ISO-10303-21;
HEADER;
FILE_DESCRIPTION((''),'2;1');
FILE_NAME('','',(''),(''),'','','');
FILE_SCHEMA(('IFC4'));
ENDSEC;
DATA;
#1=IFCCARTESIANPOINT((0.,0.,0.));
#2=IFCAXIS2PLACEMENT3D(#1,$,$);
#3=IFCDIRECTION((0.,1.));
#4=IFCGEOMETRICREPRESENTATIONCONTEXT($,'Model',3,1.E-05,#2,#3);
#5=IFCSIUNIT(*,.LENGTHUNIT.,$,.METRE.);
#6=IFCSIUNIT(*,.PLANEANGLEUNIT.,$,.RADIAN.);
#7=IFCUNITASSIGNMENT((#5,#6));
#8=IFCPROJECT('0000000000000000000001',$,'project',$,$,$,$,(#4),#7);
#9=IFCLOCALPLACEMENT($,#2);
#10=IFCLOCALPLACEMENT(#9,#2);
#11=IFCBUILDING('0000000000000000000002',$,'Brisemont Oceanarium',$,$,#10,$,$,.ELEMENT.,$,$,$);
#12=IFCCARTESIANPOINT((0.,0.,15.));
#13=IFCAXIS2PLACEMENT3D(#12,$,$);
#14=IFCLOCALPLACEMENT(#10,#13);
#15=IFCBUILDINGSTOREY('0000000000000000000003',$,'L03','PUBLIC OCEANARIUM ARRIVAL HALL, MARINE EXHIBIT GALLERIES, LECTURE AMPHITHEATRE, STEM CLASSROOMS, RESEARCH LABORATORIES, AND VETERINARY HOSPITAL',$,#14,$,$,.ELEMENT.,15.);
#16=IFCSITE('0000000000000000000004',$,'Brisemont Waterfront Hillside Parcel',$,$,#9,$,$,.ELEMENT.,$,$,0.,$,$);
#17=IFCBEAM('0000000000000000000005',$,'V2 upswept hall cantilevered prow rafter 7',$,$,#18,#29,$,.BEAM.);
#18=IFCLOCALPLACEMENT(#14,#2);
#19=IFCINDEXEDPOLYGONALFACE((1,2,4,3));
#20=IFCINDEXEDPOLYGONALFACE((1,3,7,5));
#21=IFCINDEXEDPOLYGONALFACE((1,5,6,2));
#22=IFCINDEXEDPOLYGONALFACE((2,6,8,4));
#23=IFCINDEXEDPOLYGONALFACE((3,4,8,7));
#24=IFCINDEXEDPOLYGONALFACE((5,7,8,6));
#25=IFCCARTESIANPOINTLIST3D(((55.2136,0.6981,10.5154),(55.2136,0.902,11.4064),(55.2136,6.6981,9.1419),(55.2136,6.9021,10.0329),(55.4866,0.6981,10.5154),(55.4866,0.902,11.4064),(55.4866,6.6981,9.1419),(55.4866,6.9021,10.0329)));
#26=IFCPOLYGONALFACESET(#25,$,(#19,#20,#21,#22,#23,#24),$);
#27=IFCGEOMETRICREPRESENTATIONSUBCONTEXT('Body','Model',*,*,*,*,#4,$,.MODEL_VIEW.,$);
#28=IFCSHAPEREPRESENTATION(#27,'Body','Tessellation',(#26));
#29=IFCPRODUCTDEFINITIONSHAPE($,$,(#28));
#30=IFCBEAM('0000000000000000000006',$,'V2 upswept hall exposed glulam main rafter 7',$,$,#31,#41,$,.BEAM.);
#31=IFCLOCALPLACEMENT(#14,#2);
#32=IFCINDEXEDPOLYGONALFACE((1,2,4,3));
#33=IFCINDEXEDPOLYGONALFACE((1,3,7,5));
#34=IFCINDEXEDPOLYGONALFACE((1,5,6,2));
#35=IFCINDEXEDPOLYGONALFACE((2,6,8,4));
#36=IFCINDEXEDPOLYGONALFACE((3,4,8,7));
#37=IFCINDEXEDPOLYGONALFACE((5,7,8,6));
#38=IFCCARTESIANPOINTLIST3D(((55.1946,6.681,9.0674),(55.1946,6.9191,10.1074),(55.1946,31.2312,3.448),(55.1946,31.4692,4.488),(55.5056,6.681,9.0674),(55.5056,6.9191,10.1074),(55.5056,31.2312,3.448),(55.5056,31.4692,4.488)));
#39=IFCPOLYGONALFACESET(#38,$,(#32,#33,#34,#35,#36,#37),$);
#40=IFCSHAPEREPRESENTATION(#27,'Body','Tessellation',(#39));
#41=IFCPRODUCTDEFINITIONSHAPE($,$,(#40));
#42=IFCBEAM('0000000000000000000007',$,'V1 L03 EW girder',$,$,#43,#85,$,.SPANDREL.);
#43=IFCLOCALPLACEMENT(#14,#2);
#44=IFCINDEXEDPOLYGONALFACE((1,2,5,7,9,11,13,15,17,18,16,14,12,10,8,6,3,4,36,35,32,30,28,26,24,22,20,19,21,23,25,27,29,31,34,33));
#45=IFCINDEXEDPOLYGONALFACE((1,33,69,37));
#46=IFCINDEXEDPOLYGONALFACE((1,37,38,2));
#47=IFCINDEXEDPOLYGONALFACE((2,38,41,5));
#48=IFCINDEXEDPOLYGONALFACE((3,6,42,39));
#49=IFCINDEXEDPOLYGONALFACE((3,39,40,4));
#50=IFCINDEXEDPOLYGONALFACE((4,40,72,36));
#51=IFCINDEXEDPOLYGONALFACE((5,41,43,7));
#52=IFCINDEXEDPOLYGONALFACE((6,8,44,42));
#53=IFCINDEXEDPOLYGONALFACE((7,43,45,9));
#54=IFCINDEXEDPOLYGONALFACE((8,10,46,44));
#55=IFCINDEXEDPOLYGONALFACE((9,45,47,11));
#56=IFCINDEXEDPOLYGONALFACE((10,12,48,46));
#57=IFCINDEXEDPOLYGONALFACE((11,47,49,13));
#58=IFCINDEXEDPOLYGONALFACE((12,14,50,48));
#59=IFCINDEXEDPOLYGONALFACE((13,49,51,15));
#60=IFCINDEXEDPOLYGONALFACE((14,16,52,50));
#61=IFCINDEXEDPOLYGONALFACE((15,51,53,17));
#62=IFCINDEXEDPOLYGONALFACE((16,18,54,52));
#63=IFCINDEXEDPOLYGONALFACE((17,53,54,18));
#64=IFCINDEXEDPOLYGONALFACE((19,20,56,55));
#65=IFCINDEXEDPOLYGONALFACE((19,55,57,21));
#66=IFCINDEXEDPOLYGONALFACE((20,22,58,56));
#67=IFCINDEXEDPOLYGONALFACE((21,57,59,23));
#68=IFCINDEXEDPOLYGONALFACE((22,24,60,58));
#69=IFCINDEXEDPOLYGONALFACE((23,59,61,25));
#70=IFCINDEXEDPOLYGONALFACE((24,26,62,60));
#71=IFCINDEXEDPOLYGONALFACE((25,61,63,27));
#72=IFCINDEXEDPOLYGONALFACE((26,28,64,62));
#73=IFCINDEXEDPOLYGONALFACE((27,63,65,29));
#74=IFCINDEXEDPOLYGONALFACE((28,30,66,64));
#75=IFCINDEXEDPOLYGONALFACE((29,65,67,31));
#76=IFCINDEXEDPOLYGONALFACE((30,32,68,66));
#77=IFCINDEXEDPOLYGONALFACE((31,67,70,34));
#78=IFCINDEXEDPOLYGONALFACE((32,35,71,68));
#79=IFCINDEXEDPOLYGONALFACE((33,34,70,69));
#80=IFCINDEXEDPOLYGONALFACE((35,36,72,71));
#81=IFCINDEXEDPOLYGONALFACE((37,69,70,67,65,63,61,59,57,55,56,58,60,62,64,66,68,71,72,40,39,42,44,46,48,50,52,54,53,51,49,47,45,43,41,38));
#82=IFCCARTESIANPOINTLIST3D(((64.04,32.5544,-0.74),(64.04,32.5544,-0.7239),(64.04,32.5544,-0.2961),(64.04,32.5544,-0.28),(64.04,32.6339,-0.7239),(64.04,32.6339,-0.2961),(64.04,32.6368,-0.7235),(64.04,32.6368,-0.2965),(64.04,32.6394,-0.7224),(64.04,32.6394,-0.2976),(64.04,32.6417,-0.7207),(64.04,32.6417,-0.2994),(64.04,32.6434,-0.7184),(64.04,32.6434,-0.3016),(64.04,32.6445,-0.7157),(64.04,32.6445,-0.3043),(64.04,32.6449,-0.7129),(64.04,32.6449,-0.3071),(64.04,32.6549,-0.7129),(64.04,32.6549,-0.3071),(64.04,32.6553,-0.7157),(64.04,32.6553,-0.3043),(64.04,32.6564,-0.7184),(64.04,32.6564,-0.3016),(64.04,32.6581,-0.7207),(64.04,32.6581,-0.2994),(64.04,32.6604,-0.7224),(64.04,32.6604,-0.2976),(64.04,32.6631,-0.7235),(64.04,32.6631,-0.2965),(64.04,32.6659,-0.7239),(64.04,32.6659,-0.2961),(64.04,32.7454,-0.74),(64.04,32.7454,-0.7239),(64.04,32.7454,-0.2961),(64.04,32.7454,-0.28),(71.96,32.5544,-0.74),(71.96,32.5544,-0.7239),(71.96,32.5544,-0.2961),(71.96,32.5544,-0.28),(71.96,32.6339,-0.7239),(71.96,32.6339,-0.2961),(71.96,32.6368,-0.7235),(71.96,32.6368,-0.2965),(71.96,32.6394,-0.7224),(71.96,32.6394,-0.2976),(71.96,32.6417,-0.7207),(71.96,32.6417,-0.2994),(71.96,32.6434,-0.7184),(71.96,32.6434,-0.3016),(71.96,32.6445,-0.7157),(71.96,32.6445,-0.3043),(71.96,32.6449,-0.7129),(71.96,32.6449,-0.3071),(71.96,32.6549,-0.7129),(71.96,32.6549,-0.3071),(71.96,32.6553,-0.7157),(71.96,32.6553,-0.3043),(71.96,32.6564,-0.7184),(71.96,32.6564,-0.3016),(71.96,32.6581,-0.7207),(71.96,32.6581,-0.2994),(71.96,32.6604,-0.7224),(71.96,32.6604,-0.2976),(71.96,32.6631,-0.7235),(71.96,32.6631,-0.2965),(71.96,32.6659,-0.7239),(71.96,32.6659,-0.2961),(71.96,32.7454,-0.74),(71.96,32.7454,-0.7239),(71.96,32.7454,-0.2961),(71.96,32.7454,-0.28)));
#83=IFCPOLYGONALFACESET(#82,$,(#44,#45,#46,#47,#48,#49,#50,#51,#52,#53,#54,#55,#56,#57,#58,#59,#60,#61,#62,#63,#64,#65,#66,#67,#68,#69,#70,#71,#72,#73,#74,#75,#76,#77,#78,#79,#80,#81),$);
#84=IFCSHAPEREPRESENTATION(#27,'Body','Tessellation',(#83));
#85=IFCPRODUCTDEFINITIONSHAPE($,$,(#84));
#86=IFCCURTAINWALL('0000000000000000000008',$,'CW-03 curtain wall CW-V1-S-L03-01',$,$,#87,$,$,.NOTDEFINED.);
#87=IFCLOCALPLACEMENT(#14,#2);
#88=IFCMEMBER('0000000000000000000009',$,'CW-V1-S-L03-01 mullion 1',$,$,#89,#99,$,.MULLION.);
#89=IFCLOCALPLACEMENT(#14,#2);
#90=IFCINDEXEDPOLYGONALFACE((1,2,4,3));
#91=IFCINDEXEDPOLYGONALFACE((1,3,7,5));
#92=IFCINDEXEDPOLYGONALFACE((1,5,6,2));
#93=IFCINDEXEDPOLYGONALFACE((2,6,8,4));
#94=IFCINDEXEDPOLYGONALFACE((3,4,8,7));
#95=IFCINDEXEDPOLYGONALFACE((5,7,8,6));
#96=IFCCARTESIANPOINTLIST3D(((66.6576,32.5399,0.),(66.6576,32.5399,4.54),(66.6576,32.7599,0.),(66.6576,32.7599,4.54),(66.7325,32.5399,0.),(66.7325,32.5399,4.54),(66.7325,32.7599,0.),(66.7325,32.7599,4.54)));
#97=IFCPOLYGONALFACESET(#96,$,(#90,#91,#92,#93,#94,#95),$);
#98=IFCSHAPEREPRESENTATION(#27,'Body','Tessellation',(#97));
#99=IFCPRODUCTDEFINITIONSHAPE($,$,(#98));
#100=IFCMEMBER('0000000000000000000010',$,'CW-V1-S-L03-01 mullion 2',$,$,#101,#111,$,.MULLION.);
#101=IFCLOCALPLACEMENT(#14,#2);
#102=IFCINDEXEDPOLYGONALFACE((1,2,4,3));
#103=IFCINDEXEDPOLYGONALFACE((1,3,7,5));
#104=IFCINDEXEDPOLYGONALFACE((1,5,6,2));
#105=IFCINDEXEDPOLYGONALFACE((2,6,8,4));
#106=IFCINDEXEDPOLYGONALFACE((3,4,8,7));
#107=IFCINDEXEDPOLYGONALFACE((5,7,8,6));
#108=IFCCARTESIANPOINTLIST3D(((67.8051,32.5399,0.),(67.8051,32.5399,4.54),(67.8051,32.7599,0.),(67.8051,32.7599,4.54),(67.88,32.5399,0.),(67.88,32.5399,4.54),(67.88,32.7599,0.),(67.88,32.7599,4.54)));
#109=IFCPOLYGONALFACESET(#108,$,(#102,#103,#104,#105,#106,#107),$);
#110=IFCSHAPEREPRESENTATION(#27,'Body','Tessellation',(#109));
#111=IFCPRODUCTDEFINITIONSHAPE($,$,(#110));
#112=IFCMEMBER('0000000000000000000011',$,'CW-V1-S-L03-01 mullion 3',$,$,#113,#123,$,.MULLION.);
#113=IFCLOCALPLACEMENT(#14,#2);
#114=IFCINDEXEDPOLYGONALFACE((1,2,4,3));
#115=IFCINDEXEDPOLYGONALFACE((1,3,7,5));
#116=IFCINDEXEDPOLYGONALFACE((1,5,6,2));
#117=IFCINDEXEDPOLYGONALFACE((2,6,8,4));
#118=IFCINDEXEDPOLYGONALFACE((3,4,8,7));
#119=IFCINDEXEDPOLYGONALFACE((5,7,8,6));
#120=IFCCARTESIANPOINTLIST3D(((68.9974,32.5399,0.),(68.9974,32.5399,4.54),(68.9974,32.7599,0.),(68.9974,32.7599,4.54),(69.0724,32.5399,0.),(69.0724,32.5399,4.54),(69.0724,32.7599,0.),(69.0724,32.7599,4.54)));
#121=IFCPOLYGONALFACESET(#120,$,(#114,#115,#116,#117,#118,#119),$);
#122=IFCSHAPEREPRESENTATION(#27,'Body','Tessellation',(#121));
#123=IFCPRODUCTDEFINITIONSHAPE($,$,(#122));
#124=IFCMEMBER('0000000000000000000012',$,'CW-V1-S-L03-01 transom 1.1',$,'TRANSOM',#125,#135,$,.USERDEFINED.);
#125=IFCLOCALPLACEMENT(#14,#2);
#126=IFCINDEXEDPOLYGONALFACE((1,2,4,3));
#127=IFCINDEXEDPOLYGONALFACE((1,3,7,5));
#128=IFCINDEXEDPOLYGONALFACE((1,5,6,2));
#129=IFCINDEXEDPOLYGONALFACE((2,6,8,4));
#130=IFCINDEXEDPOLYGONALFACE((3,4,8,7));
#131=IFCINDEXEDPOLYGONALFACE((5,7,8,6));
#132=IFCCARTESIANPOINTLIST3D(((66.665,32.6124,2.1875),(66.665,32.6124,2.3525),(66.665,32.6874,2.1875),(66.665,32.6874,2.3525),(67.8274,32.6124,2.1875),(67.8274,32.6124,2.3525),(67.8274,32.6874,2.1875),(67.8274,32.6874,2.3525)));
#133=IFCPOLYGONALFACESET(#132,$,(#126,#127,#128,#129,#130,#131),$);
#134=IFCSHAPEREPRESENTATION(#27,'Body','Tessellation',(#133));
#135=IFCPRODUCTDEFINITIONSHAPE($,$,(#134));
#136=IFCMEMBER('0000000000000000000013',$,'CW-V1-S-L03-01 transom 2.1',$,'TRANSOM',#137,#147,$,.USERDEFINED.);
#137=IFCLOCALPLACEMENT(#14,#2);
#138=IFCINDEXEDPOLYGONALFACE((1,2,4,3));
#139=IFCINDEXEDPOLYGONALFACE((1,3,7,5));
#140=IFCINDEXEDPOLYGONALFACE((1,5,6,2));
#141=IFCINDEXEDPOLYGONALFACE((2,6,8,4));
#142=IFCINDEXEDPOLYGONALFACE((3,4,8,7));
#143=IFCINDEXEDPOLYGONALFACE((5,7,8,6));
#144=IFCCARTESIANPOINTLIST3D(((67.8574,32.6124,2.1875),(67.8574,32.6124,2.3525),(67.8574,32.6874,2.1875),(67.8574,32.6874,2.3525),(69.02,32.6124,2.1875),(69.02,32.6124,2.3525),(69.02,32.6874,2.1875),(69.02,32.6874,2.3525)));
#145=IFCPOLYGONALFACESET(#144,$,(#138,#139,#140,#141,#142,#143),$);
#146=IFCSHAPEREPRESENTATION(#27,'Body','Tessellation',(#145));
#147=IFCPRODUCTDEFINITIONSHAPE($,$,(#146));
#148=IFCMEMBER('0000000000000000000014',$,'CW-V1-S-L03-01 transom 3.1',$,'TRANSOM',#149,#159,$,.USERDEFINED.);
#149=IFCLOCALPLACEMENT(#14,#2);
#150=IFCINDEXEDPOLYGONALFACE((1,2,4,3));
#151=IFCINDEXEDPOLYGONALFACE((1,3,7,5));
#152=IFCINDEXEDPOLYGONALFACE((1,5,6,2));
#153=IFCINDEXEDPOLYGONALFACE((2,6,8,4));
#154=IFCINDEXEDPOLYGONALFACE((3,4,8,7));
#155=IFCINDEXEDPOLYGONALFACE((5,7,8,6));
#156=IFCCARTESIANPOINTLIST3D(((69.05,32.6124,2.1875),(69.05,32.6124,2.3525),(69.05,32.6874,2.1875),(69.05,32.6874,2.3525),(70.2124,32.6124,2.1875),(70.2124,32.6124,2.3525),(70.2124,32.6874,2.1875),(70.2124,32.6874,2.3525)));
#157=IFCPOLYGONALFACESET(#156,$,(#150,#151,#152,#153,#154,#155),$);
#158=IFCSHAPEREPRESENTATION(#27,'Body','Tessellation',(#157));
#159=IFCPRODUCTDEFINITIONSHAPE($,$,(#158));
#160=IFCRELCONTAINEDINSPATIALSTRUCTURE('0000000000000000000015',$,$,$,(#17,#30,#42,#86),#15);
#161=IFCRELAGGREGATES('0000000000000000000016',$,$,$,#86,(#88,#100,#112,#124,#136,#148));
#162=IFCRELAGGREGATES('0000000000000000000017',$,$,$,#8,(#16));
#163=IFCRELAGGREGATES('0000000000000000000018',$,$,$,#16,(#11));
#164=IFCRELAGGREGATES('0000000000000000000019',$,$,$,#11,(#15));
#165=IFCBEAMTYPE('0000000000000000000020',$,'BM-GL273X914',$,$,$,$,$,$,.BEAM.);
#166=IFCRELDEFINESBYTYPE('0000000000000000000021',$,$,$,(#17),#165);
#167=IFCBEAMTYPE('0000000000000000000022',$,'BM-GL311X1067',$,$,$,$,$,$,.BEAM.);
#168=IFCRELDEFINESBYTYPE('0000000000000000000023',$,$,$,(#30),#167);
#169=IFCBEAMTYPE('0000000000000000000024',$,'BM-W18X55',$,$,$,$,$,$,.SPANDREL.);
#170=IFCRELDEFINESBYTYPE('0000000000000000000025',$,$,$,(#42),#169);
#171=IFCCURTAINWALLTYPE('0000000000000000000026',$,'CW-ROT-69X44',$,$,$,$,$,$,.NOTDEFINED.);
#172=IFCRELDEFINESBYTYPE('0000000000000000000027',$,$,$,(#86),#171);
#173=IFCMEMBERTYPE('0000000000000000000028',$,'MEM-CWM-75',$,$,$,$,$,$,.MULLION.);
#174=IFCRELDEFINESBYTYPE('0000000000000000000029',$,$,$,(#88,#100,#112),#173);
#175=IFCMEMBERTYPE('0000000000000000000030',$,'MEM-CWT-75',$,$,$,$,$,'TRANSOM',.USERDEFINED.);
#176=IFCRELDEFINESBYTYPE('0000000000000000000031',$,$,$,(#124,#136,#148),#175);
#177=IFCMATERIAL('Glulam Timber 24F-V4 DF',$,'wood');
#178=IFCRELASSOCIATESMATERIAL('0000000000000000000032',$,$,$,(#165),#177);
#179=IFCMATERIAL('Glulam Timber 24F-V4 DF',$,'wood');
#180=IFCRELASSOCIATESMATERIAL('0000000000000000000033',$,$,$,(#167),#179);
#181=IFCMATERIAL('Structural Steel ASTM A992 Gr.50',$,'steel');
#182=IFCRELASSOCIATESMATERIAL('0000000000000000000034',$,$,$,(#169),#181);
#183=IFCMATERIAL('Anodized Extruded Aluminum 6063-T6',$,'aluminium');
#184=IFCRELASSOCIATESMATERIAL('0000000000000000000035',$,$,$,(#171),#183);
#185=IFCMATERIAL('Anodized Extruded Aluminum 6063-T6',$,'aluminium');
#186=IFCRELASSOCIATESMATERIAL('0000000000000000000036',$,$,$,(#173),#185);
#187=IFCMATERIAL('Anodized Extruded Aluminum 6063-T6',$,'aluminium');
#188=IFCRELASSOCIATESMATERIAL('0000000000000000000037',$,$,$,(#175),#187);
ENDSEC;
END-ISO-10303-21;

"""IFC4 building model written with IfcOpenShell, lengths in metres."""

from ifc_helpers import new_model, si_unit, direction, frame, origin, origin_2d, place, context, subcontext, project, spatial, rectangle, i_section, extrude, material, material_profile, profile_set, type_object, element, aggregate, save


model = new_model("IFC4")

# Units and contexts
model_context = context("Model", 3, precision=1e-05, world=origin(), true_north=direction((0.0, 1.0)))
body_context = subcontext(model_context, "Body", "Model", "MODEL_VIEW")
ifc_project = project(units=[si_unit("LENGTHUNIT", "METRE"), si_unit("PLANEANGLEUNIT", "RADIAN")], contexts=[model_context])

# Site, building, storey
site_placement = place(None, origin())
site = spatial("IfcSite", under=ifc_project, at=site_placement, Name="Brisemont Waterfront Hillside Parcel", CompositionType="ELEMENT", RefElevation=0.0)
building_placement = place(site_placement, origin())
building = spatial("IfcBuilding", under=site, at=building_placement, Name="Brisemont Oceanarium", CompositionType="ELEMENT")
storey_placement = place(building_placement, frame((0.0, 0.0, 15.0)))
storey = spatial("IfcBuildingStorey", under=building, at=storey_placement, Name="L03", Description="PUBLIC OCEANARIUM ARRIVAL HALL, MARINE EXHIBIT GALLERIES, LECTURE AMPHITHEATRE, STEM CLASSROOMS, RESEARCH LABORATORIES, AND VETERINARY HOSPITAL", CompositionType="ELEMENT", Elevation=15.0)

# Beams
ifc_material_1 = material(Name="Glulam Timber 24F-V4 DF", Category="wood")
ifc_material_profile_1 = material_profile(ifc_material_1, rectangle(XDim=0.2729, YDim=0.9141, at=origin_2d()), Name="GL-273X914")
ifc_profile_set_1 = profile_set([ifc_material_profile_1], Name="Glulam Timber 24F-V4 DF")
beam_type_1 = type_object("IfcBeamType", Name="BM-GL273X914", PredefinedType="BEAM", material=ifc_profile_set_1)
beam_1_placement = place(storey_placement, frame((55.3501, 0.8, 10.9609), z_axis=(0.0, 0.974784, -0.22315), x_axis=(-1.0, 0.0, 0.0)))
element("IfcBeam", 1, at=beam_1_placement, inside=storey, type_object=beam_type_1, Name="V2 upswept hall cantilevered prow rafter 7", PredefinedType="BEAM", context=body_context, shape_type="SweptSolid", body=[
    extrude(rectangle(XDim=0.2729, YDim=0.9141, at=origin_2d()), origin(), (0.0, 0.0, 1.0), 6.1553),
])
ifc_material_2 = material(Name="Glulam Timber 24F-V4 DF", Category="wood")
ifc_material_profile_2 = material_profile(ifc_material_2, rectangle(XDim=0.311, YDim=1.0669, at=origin_2d()), Name="GL-311X1067")
ifc_profile_set_2 = profile_set([ifc_material_profile_2], Name="Glulam Timber 24F-V4 DF")
beam_type_2 = type_object("IfcBeamType", Name="BM-GL311X1067", PredefinedType="BEAM", material=ifc_profile_set_2)
beam_2_placement = place(storey_placement, frame((55.3501, 6.8, 9.5874), z_axis=(0.0, 0.97479, -0.223125), x_axis=(-1.0, 0.0, 0.0)))
element("IfcBeam", 2, at=beam_2_placement, inside=storey, type_object=beam_type_2, Name="V2 upswept hall exposed glulam main rafter 7", PredefinedType="BEAM", context=body_context, shape_type="SweptSolid", body=[
    extrude(rectangle(XDim=0.311, YDim=1.0669, at=origin_2d()), origin(), (0.0, 0.0, 1.0), 25.1851),
])
ifc_material_3 = material(Name="Structural Steel ASTM A992 Gr.50", Category="steel")
ifc_material_profile_3 = material_profile(ifc_material_3, i_section(OverallWidth=0.1909, OverallDepth=0.46, WebThickness=0.01, FlangeThickness=0.0161, FilletRadius=0.011, at=origin_2d()), Name="W18X55")
ifc_profile_set_3 = profile_set([ifc_material_profile_3], Name="Structural Steel ASTM A992 Gr.50")
beam_type_3 = type_object("IfcBeamType", Name="BM-W18X55", PredefinedType="SPANDREL", material=ifc_profile_set_3)
beam_3_placement = place(storey_placement, frame((64.04, 32.6499, -0.51), z_axis=(1.0, 0.0, 0.0), x_axis=(0.0, 1.0, 0.0)))
element("IfcBeam", 3, at=beam_3_placement, inside=storey, type_object=beam_type_3, Name="V1 L03 EW girder", PredefinedType="SPANDREL", context=body_context, shape_type="SweptSolid", body=[
    extrude(i_section(OverallWidth=0.1909, OverallDepth=0.46, WebThickness=0.01, FlangeThickness=0.0161, FilletRadius=0.011, at=origin_2d()), origin(), (0.0, 0.0, 1.0), 7.9199),
])

# Curtain wall, members
ifc_material_4 = material(Name="Anodized Extruded Aluminum 6063-T6", Category="aluminium")
curtain_wall_type = type_object("IfcCurtainWallType", Name="CW-ROT-69X44", PredefinedType="NOTDEFINED", material=ifc_material_4)
curtain_wall_placement = place(storey_placement, origin())
curtain_wall = element("IfcCurtainWall", 4, at=curtain_wall_placement, inside=storey, type_object=curtain_wall_type, Name="CW-03 curtain wall CW-V1-S-L03-01", PredefinedType="NOTDEFINED")
ifc_material_5 = material(Name="Anodized Extruded Aluminum 6063-T6", Category="aluminium")
ifc_material_profile_4 = material_profile(ifc_material_5, rectangle(XDim=0.075, YDim=0.22, at=origin_2d()), Name="CWM-75X220")
ifc_profile_set_4 = profile_set([ifc_material_profile_4], Name="Anodized Extruded Aluminum 6063-T6")
member_type_1 = type_object("IfcMemberType", Name="MEM-CWM-75", PredefinedType="MULLION", material=ifc_profile_set_4)
member_1_placement = place(storey_placement, frame((66.6951, 32.6499, 0.0), z_axis=(0.0, 0.0, 1.0), x_axis=(1.0, 0.0, 0.0)))
member_1 = element("IfcMember", 5, at=member_1_placement, type_object=member_type_1, Name="CW-V1-S-L03-01 mullion 1", PredefinedType="MULLION", context=body_context, shape_type="SweptSolid", body=[
    extrude(rectangle(XDim=0.075, YDim=0.22, at=origin_2d()), origin(), (0.0, 0.0, 1.0), 4.54),
])
member_2_placement = place(storey_placement, frame((67.8425, 32.6499, 0.0), z_axis=(0.0, 0.0, 1.0), x_axis=(1.0, 0.0, 0.0)))
member_2 = element("IfcMember", 6, at=member_2_placement, type_object=member_type_1, Name="CW-V1-S-L03-01 mullion 2", PredefinedType="MULLION", context=body_context, shape_type="SweptSolid", body=[
    extrude(rectangle(XDim=0.075, YDim=0.22, at=origin_2d()), origin(), (0.0, 0.0, 1.0), 4.54),
])
member_3_placement = place(storey_placement, frame((69.0349, 32.6499, 0.0), z_axis=(0.0, 0.0, 1.0), x_axis=(1.0, 0.0, 0.0)))
member_3 = element("IfcMember", 7, at=member_3_placement, type_object=member_type_1, Name="CW-V1-S-L03-01 mullion 3", PredefinedType="MULLION", context=body_context, shape_type="SweptSolid", body=[
    extrude(rectangle(XDim=0.075, YDim=0.22, at=origin_2d()), origin(), (0.0, 0.0, 1.0), 4.54),
])
ifc_material_6 = material(Name="Anodized Extruded Aluminum 6063-T6", Category="aluminium")
ifc_material_profile_5 = material_profile(ifc_material_6, rectangle(XDim=0.075, YDim=0.165, at=origin_2d()), Name="CWT-75X165")
ifc_profile_set_5 = profile_set([ifc_material_profile_5], Name="Anodized Extruded Aluminum 6063-T6")
member_type_2 = type_object("IfcMemberType", Name="MEM-CWT-75", ElementType="TRANSOM", PredefinedType="USERDEFINED", material=ifc_profile_set_5)
member_4_placement = place(storey_placement, frame((66.665, 32.6499, 2.27), z_axis=(1.0, 0.0, 0.0), x_axis=(0.0, 1.0, 0.0)))
member_4 = element("IfcMember", 8, at=member_4_placement, type_object=member_type_2, Name="CW-V1-S-L03-01 transom 1.1", ObjectType="TRANSOM", PredefinedType="USERDEFINED", context=body_context, shape_type="SweptSolid", body=[
    extrude(rectangle(XDim=0.075, YDim=0.165, at=origin_2d()), origin(), (0.0, 0.0, 1.0), 1.1624),
])
member_5_placement = place(storey_placement, frame((67.8574, 32.6499, 2.27), z_axis=(1.0, 0.0, 0.0), x_axis=(0.0, 1.0, 0.0)))
member_5 = element("IfcMember", 9, at=member_5_placement, type_object=member_type_2, Name="CW-V1-S-L03-01 transom 2.1", ObjectType="TRANSOM", PredefinedType="USERDEFINED", context=body_context, shape_type="SweptSolid", body=[
    extrude(rectangle(XDim=0.075, YDim=0.165, at=origin_2d()), origin(), (0.0, 0.0, 1.0), 1.1626),
])
member_6_placement = place(storey_placement, frame((69.05, 32.6499, 2.27), z_axis=(1.0, 0.0, 0.0), x_axis=(0.0, 1.0, 0.0)))
member_6 = element("IfcMember", 10, at=member_6_placement, type_object=member_type_2, Name="CW-V1-S-L03-01 transom 3.1", ObjectType="TRANSOM", PredefinedType="USERDEFINED", context=body_context, shape_type="SweptSolid", body=[
    extrude(rectangle(XDim=0.075, YDim=0.165, at=origin_2d()), origin(), (0.0, 0.0, 1.0), 1.1624),
])

aggregate(curtain_wall, [member_1, member_2, member_3, member_4, member_5, member_6])

save(model, "model.ifc")
